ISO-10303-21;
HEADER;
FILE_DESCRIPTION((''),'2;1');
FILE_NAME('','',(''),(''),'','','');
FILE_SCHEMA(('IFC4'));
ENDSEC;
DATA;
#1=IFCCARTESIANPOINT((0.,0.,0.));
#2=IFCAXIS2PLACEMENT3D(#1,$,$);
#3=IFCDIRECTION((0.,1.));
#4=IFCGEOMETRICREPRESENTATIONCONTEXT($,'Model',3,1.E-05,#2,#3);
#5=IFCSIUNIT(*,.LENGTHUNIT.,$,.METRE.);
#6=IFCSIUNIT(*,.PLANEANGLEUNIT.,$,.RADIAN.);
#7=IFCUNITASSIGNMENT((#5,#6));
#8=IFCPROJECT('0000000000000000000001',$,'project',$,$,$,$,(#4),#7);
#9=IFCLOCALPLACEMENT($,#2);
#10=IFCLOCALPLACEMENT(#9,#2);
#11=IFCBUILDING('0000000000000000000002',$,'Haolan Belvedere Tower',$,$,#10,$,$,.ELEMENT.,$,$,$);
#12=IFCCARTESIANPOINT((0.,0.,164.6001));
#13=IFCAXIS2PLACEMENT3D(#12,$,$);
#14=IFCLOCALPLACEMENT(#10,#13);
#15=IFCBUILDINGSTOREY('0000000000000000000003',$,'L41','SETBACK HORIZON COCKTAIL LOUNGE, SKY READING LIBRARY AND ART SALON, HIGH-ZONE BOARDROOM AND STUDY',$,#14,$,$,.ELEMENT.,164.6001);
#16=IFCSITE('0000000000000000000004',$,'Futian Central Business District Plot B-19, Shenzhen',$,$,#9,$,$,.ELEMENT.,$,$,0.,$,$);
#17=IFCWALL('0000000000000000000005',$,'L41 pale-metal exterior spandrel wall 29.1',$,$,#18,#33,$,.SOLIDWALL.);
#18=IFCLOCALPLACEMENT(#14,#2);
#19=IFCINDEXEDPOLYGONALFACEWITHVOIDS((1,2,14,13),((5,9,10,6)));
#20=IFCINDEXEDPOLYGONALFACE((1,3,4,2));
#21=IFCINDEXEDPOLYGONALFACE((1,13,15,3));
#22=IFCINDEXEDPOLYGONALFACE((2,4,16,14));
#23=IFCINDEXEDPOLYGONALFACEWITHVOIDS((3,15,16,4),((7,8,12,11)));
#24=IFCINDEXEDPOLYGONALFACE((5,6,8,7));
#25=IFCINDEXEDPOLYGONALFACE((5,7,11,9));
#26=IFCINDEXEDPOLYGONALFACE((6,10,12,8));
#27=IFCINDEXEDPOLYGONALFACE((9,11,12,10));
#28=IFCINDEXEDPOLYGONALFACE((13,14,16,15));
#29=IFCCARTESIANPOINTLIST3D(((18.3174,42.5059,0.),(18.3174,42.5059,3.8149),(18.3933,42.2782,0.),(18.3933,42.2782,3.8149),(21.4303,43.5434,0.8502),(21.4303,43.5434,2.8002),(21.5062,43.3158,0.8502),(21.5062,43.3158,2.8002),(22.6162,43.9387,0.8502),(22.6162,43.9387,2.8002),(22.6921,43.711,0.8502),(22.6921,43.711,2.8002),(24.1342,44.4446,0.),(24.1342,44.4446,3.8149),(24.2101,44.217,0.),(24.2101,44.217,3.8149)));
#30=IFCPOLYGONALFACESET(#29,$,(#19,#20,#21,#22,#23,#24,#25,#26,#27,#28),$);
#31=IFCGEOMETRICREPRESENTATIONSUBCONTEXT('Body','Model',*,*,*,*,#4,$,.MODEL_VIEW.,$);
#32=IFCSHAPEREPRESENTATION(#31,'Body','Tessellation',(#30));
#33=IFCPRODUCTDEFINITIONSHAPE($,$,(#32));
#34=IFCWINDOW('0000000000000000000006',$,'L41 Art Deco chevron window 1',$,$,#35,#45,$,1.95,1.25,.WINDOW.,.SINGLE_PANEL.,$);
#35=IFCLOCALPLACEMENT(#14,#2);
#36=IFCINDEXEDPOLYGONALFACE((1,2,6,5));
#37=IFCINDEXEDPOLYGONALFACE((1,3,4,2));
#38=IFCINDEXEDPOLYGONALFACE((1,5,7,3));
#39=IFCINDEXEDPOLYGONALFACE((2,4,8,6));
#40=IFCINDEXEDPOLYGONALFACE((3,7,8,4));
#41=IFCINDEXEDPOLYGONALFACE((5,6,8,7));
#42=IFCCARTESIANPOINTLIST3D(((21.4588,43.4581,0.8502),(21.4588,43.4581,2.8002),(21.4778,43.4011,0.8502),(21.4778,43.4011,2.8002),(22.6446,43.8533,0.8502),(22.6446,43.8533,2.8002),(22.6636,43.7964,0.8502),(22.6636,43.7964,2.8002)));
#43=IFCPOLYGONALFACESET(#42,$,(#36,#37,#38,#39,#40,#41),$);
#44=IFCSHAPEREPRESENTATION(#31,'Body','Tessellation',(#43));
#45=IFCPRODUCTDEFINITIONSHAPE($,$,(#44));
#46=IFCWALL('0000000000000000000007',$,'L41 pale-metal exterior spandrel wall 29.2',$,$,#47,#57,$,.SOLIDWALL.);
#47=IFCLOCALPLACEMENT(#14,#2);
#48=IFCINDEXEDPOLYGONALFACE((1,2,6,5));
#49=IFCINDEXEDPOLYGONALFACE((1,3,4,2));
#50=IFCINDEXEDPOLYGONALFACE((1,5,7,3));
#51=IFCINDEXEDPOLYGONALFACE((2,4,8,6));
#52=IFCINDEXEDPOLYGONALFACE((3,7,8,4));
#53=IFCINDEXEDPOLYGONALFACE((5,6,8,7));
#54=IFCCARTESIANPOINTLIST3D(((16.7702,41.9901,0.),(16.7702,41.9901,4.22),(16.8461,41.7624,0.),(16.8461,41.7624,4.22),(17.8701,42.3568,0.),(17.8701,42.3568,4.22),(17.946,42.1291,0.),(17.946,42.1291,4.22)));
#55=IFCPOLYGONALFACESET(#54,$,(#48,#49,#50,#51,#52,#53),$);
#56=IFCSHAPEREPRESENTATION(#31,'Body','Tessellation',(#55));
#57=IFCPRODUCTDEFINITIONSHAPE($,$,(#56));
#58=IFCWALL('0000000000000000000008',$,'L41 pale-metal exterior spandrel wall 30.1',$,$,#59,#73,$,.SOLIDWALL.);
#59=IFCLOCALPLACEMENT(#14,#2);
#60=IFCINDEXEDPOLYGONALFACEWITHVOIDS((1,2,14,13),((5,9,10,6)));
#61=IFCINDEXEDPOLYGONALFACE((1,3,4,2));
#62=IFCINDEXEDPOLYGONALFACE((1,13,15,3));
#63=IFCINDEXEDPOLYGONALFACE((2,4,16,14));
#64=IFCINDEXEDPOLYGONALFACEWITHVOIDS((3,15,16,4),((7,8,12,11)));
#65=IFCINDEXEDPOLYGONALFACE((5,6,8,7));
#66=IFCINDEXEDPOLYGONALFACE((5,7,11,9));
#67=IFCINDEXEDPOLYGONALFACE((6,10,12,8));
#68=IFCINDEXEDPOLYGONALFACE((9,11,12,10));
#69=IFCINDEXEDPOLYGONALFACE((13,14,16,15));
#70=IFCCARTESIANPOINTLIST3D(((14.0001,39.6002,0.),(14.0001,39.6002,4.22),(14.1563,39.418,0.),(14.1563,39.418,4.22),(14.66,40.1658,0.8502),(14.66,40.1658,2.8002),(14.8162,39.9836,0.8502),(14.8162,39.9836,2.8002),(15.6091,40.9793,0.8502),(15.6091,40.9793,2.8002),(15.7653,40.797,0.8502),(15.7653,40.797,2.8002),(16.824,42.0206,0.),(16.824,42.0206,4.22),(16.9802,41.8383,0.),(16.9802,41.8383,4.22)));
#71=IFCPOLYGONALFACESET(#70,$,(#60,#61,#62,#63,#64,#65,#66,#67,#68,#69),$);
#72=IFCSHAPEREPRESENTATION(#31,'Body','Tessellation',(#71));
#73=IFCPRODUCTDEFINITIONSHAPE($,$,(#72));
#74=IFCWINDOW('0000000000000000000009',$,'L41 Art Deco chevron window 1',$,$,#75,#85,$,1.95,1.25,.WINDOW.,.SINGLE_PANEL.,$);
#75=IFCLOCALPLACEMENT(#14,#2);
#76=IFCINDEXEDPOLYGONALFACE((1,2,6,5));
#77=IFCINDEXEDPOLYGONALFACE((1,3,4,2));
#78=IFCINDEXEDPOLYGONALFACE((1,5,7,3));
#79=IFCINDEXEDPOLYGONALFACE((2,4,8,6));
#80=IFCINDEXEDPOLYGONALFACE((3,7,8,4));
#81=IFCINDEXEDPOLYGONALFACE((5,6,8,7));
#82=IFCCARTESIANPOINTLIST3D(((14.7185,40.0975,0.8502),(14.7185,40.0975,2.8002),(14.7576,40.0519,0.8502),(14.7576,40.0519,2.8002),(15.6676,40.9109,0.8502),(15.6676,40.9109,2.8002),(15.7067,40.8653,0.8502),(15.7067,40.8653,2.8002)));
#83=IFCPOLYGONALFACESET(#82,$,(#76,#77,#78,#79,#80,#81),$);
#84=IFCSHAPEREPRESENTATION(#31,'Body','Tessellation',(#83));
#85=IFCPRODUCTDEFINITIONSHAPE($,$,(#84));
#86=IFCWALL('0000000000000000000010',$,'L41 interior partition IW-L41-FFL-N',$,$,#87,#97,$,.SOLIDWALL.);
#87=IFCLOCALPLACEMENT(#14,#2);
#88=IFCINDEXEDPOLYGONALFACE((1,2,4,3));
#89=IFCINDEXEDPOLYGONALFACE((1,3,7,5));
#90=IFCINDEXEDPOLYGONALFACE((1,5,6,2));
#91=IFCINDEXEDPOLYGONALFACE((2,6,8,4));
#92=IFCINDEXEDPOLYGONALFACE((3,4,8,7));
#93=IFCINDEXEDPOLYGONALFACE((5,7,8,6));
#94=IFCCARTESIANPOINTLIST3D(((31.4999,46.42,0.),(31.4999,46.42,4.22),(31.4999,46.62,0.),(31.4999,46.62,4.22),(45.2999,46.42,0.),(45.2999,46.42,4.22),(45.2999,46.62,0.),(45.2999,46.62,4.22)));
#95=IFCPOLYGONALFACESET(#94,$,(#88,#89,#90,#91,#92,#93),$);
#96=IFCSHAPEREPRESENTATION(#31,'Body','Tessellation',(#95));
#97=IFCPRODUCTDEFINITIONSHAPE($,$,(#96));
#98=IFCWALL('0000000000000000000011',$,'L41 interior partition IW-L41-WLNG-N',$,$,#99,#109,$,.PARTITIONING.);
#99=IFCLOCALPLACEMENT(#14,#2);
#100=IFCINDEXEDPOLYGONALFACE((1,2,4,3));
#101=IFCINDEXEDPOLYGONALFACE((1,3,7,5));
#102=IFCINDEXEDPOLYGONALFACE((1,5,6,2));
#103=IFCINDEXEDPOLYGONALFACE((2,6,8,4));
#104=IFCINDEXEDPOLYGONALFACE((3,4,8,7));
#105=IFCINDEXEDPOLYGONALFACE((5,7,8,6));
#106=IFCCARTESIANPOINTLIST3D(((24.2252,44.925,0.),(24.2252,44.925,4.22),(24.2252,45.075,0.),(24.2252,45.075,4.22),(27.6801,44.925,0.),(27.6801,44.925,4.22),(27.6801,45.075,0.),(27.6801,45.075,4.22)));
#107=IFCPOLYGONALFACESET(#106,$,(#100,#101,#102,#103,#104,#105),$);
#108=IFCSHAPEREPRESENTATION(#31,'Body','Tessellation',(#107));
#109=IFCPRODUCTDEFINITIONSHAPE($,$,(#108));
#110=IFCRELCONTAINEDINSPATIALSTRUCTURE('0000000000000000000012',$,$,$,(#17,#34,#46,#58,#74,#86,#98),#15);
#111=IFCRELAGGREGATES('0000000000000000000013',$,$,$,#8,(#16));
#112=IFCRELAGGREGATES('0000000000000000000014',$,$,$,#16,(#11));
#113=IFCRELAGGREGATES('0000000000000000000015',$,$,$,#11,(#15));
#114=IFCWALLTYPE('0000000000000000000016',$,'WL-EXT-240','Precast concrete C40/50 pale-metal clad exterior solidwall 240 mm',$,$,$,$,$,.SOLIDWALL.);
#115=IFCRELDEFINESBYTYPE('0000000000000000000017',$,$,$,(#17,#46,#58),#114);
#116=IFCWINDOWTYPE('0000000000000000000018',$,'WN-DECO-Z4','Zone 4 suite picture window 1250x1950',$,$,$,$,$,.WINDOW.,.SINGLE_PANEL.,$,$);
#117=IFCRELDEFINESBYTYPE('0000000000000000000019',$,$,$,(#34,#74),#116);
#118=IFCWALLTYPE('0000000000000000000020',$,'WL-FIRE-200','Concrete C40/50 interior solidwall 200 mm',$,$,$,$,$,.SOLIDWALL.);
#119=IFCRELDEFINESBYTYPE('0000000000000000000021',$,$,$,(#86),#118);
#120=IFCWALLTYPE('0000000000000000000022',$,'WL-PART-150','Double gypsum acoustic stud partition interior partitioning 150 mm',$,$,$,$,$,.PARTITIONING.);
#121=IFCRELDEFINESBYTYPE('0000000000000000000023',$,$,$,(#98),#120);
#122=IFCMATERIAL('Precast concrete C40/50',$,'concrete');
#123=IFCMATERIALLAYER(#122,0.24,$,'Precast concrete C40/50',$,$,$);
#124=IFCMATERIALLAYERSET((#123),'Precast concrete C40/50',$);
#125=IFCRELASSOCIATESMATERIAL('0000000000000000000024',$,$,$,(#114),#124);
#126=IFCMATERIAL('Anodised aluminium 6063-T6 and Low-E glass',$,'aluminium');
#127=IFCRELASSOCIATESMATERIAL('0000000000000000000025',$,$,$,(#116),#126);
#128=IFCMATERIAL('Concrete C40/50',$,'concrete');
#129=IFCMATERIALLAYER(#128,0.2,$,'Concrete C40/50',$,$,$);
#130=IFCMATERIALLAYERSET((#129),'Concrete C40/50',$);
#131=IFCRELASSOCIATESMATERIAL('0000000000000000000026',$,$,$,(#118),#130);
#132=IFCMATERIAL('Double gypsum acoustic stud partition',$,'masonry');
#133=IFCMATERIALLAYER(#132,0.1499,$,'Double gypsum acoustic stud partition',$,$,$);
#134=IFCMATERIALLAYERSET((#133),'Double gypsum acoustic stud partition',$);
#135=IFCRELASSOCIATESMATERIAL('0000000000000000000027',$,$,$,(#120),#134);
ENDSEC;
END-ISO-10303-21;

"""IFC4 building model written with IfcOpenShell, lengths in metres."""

from ifc_helpers import new_model, si_unit, direction, frame, frame_2d, origin, place, context, subcontext, project, spatial, rectangle, extrude, material, layer, layer_set, type_object, element, fill, save


model = new_model("IFC4")

# Units and contexts
model_context = context("Model", 3, precision=1e-05, world=origin(), true_north=direction((0.0, 1.0)))
body_context = subcontext(model_context, "Body", "Model", "MODEL_VIEW")
ifc_project = project(units=[si_unit("LENGTHUNIT", "METRE"), si_unit("PLANEANGLEUNIT", "RADIAN")], contexts=[model_context])

# Site, building, storey
site_placement = place(None, origin())
site = spatial("IfcSite", under=ifc_project, at=site_placement, Name="Futian Central Business District Plot B-19, Shenzhen", CompositionType="ELEMENT", RefElevation=0.0)
building_placement = place(site_placement, origin())
building = spatial("IfcBuilding", under=site, at=building_placement, Name="Haolan Belvedere Tower", CompositionType="ELEMENT")
storey_placement = place(building_placement, frame((0.0, 0.0, 164.6001)))
storey = spatial("IfcBuildingStorey", under=building, at=storey_placement, Name="L41", Description="SETBACK HORIZON COCKTAIL LOUNGE, SKY READING LIBRARY AND ART SALON, HIGH-ZONE BOARDROOM AND STUDY", CompositionType="ELEMENT", Elevation=164.6001)

# Shared definitions
ifc_material_1 = material(Name="Precast concrete C40/50", Category="concrete")
ifc_layer_1 = layer(ifc_material_1, 0.24, Name="Precast concrete C40/50")
ifc_layer_set_1 = layer_set([ifc_layer_1], Name="Precast concrete C40/50")
wall_type_1 = type_object("IfcWallType", Name="WL-EXT-240", Description="Precast concrete C40/50 pale-metal clad exterior solidwall 240 mm", PredefinedType="SOLIDWALL", material=ifc_layer_set_1)
ifc_material_2 = material(Name="Anodised aluminium 6063-T6 and Low-E glass", Category="aluminium")
window_type = type_object("IfcWindowType", Name="WN-DECO-Z4", Description="Zone 4 suite picture window 1250x1950", PartitioningType="SINGLE_PANEL", PredefinedType="WINDOW", material=ifc_material_2)

# Wall, opening, window
wall_1_placement = place(storey_placement, frame((24.1721, 44.3308, 0.0), z_axis=(0.0, 0.0, 1.0), x_axis=(-0.948691, -0.316204, 0.0)))
wall_1 = element("IfcWall", 1, at=wall_1_placement, inside=storey, type_object=wall_type_1, Name="L41 pale-metal exterior spandrel wall 29.1", PredefinedType="SOLIDWALL", context=body_context, shape_type="SweptSolid", body=[
    extrude(rectangle(XDim=6.1313, YDim=0.24, at=frame_2d((3.0657, 0.0))), origin(), (0.0, 0.0, 1.0), 3.8149),
])
opening_1_placement = place(wall_1_placement, frame((1.6001, 0.0, 0.8501)))
opening_1 = element("IfcOpeningElement", 2, at=opening_1_placement, cuts=wall_1, PredefinedType="OPENING", context=body_context, shape_type="SweptSolid", body=[
    extrude(rectangle(XDim=1.25, YDim=1.95, at=frame_2d((0.625, 0.9751))), frame((0.0, 0.1299, 0.0), z_axis=(0.0, -1.0, 0.0), x_axis=(1.0, 0.0, 0.0)), (0.0, 0.0, 1.0), 0.26),
])
window_1_placement = place(opening_1_placement, origin())
window_1 = element("IfcWindow", 3, at=window_1_placement, inside=storey, type_object=window_type, Name="L41 Art Deco chevron window 1", OverallHeight=1.95, OverallWidth=1.25, PartitioningType="SINGLE_PANEL", PredefinedType="WINDOW", context=body_context, shape_type="SweptSolid", body=[
    extrude(rectangle(XDim=1.25, YDim=1.95, at=frame_2d((0.625, 0.9751))), frame((0.0, 0.03, 0.0), z_axis=(0.0, -1.0, 0.0), x_axis=(1.0, 0.0, 0.0)), (0.0, 0.0, 1.0), 0.0601),
])
fill(opening_1, window_1)

# Wall
wall_2_placement = place(storey_placement, frame((17.908, 42.2429, 0.0), z_axis=(0.0, 0.0, 1.0), x_axis=(-0.948662, -0.316291, 0.0)))
element("IfcWall", 4, at=wall_2_placement, inside=storey, type_object=wall_type_1, Name="L41 pale-metal exterior spandrel wall 29.2", PredefinedType="SOLIDWALL", context=body_context, shape_type="SweptSolid", body=[
    extrude(rectangle(XDim=1.1594, YDim=0.24, at=frame_2d((0.5796, 0.0))), origin(), (0.0, 0.0, 1.0), 4.22),
])

# Wall, opening, window
wall_3_placement = place(storey_placement, frame((16.9021, 41.9294, 0.0), z_axis=(0.0, 0.0, 1.0), x_axis=(-0.759275, -0.65077, 0.0)))
wall_3 = element("IfcWall", 5, at=wall_3_placement, inside=storey, type_object=wall_type_1, Name="L41 pale-metal exterior spandrel wall 30.1", PredefinedType="SOLIDWALL", context=body_context, shape_type="SweptSolid", body=[
    extrude(rectangle(XDim=3.7192, YDim=0.24, at=frame_2d((1.8596, 0.0))), origin(), (0.0, 0.0, 1.0), 4.22),
])
opening_2_placement = place(wall_3_placement, frame((1.6001, 0.0, 0.8501)))
opening_2 = element("IfcOpeningElement", 6, at=opening_2_placement, cuts=wall_3, PredefinedType="OPENING", context=body_context, shape_type="SweptSolid", body=[
    extrude(rectangle(XDim=1.25, YDim=1.95, at=frame_2d((0.625, 0.9751))), frame((0.0, 0.1299, 0.0), z_axis=(0.0, -1.0, 0.0), x_axis=(1.0, 0.0, 0.0)), (0.0, 0.0, 1.0), 0.26),
])
window_2_placement = place(opening_2_placement, origin())
window_2 = element("IfcWindow", 7, at=window_2_placement, inside=storey, type_object=window_type, Name="L41 Art Deco chevron window 1", OverallHeight=1.95, OverallWidth=1.25, PartitioningType="SINGLE_PANEL", PredefinedType="WINDOW", context=body_context, shape_type="SweptSolid", body=[
    extrude(rectangle(XDim=1.25, YDim=1.95, at=frame_2d((0.625, 0.9751))), frame((0.0, 0.03, 0.0), z_axis=(0.0, -1.0, 0.0), x_axis=(1.0, 0.0, 0.0)), (0.0, 0.0, 1.0), 0.0601),
])
fill(opening_2, window_2)

# Wall
ifc_material_3 = material(Name="Concrete C40/50", Category="concrete")
ifc_layer_2 = layer(ifc_material_3, 0.2, Name="Concrete C40/50")
ifc_layer_set_2 = layer_set([ifc_layer_2], Name="Concrete C40/50")
wall_type_2 = type_object("IfcWallType", Name="WL-FIRE-200", Description="Concrete C40/50 interior solidwall 200 mm", PredefinedType="SOLIDWALL", material=ifc_layer_set_2)
wall_4_placement = place(storey_placement, frame((31.5, 46.52, 0.0), z_axis=(0.0, 0.0, 1.0), x_axis=(1.0, 0.0, 0.0)))
element("IfcWall", 8, at=wall_4_placement, inside=storey, type_object=wall_type_2, Name="L41 interior partition IW-L41-FFL-N", PredefinedType="SOLIDWALL", context=body_context, shape_type="SweptSolid", body=[
    extrude(rectangle(XDim=13.8, YDim=0.2, at=frame_2d((6.8999, 0.0))), origin(), (0.0, 0.0, 1.0), 4.22),
])

# Wall
ifc_material_4 = material(Name="Double gypsum acoustic stud partition", Category="masonry")
ifc_layer_3 = layer(ifc_material_4, 0.1499, Name="Double gypsum acoustic stud partition")
ifc_layer_set_3 = layer_set([ifc_layer_3], Name="Double gypsum acoustic stud partition")
wall_type_3 = type_object("IfcWallType", Name="WL-PART-150", Description="Double gypsum acoustic stud partition interior partitioning 150 mm", PredefinedType="PARTITIONING", material=ifc_layer_set_3)
wall_5_placement = place(storey_placement, frame((24.2251, 45.0, 0.0), z_axis=(0.0, 0.0, 1.0), x_axis=(1.0, 0.0, 0.0)))
element("IfcWall", 9, at=wall_5_placement, inside=storey, type_object=wall_type_3, Name="L41 interior partition IW-L41-WLNG-N", PredefinedType="PARTITIONING", context=body_context, shape_type="SweptSolid", body=[
    extrude(rectangle(XDim=3.4548, YDim=0.1499, at=frame_2d((1.7275, 0.0))), origin(), (0.0, 0.0, 1.0), 4.22),
])

save(model, "model.ifc")
